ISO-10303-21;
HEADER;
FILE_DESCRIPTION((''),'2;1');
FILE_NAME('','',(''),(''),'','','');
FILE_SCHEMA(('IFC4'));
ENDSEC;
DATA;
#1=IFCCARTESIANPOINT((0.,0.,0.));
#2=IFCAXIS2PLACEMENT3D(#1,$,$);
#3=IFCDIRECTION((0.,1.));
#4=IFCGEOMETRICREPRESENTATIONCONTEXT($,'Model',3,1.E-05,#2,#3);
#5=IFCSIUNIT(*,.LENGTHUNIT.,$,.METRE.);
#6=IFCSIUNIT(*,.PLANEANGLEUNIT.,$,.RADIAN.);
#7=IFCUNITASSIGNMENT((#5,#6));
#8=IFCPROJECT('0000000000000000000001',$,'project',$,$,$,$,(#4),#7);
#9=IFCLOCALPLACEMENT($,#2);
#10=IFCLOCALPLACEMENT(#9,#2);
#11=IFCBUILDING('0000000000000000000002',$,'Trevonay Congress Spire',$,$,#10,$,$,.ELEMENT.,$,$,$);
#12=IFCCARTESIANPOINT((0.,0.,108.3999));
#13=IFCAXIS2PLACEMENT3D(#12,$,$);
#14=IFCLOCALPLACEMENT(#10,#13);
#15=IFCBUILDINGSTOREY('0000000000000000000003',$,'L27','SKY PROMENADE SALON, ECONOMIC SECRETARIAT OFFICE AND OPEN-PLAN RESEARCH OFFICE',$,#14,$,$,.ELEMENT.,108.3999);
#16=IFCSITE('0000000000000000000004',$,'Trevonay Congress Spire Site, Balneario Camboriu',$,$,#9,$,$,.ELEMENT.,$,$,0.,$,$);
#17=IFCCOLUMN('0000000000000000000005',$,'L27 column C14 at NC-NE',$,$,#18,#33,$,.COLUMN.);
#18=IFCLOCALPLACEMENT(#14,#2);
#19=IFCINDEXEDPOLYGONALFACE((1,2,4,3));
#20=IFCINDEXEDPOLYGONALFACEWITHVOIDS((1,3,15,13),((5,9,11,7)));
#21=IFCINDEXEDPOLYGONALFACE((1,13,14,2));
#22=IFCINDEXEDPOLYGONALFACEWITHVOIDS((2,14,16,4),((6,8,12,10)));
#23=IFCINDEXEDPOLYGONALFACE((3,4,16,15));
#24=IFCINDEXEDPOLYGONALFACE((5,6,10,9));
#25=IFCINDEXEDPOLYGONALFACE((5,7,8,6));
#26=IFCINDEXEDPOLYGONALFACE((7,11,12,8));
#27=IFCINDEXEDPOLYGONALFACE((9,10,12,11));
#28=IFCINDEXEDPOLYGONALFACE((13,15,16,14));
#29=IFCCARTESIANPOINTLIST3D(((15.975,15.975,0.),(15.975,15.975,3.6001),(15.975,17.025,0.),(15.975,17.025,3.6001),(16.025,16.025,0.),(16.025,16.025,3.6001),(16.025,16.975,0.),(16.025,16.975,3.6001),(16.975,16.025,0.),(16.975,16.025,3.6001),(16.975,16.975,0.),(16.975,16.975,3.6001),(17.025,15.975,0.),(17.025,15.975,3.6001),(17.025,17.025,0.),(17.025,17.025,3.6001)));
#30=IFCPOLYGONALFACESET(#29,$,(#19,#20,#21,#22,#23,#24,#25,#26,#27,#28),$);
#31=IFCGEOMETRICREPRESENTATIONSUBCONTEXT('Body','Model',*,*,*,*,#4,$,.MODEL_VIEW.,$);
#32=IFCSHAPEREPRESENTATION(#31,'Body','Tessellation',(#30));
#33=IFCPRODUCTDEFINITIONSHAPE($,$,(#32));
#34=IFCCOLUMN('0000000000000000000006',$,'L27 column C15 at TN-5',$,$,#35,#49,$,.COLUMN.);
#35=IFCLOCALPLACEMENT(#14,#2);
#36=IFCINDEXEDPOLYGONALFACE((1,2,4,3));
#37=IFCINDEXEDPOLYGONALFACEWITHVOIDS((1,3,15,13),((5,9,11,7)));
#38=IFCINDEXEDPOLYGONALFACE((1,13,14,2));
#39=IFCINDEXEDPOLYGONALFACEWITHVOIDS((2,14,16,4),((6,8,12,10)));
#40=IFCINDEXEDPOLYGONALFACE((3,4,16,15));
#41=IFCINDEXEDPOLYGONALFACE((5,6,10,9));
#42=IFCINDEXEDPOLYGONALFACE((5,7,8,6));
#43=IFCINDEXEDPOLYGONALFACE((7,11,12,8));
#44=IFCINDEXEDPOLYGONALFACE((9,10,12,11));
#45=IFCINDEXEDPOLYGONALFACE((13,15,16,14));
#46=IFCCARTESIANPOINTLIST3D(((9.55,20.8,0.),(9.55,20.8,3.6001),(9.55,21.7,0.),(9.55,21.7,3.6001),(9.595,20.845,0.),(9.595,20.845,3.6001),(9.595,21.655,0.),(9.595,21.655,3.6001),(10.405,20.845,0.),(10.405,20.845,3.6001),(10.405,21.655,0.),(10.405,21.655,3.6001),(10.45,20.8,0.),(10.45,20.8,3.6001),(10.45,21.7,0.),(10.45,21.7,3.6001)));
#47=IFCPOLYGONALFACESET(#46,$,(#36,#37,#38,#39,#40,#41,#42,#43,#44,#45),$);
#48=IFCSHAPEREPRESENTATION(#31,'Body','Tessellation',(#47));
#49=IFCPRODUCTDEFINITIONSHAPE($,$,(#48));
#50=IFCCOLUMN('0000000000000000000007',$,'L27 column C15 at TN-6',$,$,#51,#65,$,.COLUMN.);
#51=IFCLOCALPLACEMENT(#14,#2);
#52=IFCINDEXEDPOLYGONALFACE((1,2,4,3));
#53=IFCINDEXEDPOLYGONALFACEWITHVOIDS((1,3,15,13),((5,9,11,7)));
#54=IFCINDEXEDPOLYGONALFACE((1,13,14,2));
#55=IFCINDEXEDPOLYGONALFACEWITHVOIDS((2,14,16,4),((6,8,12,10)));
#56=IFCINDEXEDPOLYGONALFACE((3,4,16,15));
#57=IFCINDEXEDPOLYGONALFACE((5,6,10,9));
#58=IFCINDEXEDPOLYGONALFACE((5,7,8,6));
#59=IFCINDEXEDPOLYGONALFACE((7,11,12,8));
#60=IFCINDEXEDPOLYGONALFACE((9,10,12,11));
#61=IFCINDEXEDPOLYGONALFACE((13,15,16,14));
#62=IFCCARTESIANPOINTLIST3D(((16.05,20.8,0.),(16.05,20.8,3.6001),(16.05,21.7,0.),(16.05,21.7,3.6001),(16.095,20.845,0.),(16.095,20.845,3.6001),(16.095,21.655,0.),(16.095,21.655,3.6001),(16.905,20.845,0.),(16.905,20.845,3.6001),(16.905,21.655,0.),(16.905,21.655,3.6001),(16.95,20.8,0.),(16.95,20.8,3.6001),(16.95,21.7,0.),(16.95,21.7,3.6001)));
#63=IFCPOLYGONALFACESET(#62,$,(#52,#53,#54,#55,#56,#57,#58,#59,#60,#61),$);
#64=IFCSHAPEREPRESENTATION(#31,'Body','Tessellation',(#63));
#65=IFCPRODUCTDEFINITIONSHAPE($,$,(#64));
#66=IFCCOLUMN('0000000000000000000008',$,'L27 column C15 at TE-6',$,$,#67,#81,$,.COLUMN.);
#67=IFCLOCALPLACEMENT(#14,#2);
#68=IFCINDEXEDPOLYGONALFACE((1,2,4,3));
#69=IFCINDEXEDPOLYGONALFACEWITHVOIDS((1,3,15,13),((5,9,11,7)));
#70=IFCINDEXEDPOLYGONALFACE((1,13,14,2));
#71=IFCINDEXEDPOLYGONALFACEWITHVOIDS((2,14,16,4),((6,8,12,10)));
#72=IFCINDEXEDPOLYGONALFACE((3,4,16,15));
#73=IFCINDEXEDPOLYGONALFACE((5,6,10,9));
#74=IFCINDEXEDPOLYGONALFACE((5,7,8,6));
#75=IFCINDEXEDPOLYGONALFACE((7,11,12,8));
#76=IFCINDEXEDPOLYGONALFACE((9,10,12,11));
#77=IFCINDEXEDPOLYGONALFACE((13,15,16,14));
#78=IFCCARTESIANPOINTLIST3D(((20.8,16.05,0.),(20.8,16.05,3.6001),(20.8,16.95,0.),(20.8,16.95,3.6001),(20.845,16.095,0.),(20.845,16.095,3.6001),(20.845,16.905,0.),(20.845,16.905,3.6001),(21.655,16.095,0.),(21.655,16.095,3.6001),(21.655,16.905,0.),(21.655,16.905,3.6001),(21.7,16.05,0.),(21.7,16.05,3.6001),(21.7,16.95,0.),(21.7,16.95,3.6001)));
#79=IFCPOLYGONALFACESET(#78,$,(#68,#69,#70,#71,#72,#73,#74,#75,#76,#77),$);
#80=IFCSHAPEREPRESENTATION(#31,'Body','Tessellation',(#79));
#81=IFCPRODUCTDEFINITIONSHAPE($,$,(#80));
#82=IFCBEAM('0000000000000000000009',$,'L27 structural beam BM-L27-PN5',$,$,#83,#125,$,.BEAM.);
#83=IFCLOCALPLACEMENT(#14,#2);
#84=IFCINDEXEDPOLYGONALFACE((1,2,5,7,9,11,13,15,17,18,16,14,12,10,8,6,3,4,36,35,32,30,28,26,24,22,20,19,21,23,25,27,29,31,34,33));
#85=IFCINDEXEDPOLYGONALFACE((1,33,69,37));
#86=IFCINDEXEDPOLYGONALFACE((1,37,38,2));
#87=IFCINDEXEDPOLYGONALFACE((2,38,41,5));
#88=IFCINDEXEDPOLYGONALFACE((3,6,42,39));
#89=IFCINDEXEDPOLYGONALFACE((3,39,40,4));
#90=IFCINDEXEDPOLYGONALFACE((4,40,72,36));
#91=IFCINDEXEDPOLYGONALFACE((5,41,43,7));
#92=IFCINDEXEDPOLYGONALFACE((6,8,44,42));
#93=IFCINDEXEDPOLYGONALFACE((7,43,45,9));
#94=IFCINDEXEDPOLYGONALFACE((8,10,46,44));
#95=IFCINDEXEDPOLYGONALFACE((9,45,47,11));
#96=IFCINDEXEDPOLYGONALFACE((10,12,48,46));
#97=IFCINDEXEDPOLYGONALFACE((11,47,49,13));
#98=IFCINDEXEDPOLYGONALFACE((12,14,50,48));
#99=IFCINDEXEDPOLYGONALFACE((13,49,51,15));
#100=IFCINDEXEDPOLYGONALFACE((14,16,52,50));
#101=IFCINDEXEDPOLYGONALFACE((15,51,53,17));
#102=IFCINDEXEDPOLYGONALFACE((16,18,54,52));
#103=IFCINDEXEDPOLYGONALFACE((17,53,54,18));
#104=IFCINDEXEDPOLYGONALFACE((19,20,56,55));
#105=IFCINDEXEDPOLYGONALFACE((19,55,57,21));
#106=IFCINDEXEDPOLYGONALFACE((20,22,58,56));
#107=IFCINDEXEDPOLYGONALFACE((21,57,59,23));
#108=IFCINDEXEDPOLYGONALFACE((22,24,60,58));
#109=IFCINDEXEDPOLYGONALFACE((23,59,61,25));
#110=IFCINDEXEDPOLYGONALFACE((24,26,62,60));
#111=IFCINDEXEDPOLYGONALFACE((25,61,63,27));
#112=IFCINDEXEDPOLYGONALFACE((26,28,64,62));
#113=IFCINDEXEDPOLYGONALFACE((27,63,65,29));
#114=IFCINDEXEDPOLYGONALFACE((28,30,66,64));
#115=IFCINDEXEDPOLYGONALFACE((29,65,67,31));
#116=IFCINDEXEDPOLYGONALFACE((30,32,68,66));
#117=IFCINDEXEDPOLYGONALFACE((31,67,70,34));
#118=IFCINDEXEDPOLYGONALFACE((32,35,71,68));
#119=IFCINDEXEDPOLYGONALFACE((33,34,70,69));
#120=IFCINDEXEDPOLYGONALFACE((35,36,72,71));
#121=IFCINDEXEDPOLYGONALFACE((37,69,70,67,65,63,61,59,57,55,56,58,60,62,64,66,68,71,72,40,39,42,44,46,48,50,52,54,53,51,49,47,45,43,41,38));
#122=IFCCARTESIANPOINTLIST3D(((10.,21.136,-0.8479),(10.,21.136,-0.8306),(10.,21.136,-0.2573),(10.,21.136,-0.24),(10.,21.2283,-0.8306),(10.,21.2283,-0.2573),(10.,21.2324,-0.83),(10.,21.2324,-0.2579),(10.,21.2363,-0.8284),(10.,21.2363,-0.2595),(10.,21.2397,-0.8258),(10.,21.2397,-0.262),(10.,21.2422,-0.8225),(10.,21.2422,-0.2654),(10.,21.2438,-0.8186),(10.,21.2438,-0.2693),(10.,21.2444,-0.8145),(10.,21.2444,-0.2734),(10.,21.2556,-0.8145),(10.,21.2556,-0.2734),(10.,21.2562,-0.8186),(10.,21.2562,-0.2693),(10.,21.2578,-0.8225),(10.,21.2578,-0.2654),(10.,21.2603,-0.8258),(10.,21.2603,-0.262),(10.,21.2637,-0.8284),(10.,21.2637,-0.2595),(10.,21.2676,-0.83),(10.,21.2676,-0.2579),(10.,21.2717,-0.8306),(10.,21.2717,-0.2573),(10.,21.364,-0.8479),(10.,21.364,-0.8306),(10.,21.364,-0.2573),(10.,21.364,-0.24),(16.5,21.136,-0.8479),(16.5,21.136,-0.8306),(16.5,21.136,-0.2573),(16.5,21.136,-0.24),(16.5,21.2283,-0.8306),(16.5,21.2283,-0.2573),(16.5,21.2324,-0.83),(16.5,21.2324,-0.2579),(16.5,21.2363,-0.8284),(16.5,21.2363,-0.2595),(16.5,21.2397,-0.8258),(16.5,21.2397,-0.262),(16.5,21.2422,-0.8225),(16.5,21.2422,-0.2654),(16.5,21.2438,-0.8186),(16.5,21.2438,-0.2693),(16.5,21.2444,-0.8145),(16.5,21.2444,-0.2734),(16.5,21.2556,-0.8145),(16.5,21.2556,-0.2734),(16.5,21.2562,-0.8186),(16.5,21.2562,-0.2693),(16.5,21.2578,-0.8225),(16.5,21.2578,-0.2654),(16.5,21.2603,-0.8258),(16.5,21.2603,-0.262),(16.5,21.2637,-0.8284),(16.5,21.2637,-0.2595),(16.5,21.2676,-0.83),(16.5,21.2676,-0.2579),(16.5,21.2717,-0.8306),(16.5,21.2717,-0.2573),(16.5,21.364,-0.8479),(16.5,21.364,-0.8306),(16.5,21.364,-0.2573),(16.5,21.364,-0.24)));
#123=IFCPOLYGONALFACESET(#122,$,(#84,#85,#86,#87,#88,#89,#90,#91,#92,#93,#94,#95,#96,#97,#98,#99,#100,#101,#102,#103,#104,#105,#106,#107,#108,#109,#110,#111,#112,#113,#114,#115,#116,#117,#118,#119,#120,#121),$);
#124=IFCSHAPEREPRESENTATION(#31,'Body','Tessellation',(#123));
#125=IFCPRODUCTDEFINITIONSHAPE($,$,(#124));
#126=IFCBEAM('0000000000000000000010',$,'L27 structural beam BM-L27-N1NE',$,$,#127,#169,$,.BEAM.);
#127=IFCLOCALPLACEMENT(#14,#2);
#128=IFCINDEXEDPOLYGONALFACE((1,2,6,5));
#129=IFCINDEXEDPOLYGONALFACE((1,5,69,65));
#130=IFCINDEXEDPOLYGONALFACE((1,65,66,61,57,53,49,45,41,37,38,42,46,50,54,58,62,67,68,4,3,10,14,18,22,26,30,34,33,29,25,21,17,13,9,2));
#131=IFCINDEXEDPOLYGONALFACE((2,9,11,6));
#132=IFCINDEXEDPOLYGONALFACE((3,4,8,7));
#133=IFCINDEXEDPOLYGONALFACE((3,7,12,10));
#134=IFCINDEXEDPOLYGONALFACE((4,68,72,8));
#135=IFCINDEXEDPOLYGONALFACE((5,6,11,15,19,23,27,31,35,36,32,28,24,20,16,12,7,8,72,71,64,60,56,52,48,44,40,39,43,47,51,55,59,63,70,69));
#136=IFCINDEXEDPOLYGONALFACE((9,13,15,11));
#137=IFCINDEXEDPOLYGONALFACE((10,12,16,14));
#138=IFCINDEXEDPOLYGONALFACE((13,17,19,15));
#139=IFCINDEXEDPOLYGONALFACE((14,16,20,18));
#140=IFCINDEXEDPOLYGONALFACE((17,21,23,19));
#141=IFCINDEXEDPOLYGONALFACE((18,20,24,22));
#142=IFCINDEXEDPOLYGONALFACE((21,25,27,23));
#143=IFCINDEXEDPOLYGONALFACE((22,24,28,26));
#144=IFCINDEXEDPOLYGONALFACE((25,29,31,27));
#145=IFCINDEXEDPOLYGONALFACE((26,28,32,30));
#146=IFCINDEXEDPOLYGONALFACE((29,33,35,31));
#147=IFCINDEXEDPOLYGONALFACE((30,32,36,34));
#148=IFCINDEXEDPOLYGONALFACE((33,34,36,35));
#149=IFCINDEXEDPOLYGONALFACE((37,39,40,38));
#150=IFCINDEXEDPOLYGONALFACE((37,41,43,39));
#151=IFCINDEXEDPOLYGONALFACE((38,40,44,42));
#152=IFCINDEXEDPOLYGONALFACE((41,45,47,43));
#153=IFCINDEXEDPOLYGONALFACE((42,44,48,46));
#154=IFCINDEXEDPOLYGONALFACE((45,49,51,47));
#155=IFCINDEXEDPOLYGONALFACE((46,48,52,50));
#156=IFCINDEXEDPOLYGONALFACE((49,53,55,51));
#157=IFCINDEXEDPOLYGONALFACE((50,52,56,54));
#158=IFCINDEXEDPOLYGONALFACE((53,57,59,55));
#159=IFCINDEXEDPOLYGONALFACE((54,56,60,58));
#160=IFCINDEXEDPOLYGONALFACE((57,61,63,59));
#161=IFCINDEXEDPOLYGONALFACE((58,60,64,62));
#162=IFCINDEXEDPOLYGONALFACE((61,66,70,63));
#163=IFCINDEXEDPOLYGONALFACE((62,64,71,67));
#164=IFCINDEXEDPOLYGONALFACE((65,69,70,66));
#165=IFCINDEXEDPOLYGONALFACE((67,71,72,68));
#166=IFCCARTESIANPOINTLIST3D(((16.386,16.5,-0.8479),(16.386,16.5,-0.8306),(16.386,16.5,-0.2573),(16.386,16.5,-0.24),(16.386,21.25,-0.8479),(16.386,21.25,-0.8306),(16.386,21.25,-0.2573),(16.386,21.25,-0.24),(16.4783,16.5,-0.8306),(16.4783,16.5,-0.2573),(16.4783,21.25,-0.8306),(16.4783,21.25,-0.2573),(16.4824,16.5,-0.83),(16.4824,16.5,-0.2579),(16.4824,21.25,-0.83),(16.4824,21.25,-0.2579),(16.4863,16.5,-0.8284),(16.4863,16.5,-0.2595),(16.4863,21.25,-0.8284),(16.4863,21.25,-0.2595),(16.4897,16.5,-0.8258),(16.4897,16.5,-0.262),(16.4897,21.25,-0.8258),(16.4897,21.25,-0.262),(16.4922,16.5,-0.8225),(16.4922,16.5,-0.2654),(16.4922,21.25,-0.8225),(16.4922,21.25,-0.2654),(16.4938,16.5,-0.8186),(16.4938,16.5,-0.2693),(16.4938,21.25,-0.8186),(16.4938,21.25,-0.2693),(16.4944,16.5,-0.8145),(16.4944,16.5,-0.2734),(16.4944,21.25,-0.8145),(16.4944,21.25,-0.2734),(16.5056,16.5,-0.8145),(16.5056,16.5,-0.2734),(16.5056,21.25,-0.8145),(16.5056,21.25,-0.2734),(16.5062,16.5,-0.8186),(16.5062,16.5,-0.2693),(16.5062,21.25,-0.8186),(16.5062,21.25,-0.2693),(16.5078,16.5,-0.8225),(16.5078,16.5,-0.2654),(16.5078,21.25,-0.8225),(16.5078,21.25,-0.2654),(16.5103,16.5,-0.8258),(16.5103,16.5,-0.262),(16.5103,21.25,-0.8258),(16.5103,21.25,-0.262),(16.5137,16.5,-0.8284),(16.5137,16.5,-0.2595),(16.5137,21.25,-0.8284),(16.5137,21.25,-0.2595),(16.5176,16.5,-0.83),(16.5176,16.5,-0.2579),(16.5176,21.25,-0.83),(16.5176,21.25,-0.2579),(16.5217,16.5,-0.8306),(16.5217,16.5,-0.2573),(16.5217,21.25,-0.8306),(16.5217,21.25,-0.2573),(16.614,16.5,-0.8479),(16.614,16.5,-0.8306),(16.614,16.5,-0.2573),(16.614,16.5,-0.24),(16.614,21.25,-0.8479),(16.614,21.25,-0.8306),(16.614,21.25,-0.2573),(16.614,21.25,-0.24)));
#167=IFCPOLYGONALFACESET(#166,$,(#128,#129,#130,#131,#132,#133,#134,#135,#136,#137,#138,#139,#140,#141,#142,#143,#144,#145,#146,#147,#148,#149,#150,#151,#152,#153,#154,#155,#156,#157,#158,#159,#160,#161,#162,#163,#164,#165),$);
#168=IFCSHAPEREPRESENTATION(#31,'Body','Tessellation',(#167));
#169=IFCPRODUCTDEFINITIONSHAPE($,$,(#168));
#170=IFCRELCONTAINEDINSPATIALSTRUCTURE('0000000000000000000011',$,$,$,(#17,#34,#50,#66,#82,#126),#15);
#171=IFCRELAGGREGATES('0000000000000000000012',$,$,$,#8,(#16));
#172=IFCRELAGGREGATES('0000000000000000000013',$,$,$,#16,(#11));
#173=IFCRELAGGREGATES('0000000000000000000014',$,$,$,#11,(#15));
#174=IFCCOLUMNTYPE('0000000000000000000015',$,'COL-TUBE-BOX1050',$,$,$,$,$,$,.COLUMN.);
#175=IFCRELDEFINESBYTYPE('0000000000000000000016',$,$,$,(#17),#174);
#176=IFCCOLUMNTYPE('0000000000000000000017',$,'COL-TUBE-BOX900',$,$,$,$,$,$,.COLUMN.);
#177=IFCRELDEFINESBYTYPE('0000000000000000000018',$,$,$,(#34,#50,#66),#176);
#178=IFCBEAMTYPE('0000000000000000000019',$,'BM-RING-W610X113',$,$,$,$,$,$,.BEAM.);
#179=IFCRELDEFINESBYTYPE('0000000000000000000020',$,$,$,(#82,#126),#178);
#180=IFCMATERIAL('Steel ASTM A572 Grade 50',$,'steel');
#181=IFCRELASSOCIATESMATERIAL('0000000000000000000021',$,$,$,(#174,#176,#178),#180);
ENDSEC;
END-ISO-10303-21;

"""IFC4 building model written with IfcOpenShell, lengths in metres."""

from ifc_helpers import new_model, si_unit, direction, frame, origin, origin_2d, place, context, subcontext, project, spatial, hollow_rectangle, i_section, extrude, material, material_profile, profile_set, type_object, element, save


model = new_model("IFC4")

# Units and contexts
model_context = context("Model", 3, precision=1e-05, world=origin(), true_north=direction((0.0, 1.0)))
body_context = subcontext(model_context, "Body", "Model", "MODEL_VIEW")
ifc_project = project(units=[si_unit("LENGTHUNIT", "METRE"), si_unit("PLANEANGLEUNIT", "RADIAN")], contexts=[model_context])

# Site, building, storey
site_placement = place(None, origin())
site = spatial("IfcSite", under=ifc_project, at=site_placement, Name="Trevonay Congress Spire Site, Balneario Camboriu", CompositionType="ELEMENT", RefElevation=0.0)
building_placement = place(site_placement, origin())
building = spatial("IfcBuilding", under=site, at=building_placement, Name="Trevonay Congress Spire", CompositionType="ELEMENT")
storey_placement = place(building_placement, frame((0.0, 0.0, 108.3999)))
storey = spatial("IfcBuildingStorey", under=building, at=storey_placement, Name="L27", Description="SKY PROMENADE SALON, ECONOMIC SECRETARIAT OFFICE AND OPEN-PLAN RESEARCH OFFICE", CompositionType="ELEMENT", Elevation=108.3999)

# Columns
ifc_material_1 = material(Name="Steel ASTM A572 Grade 50", Category="steel")
ifc_material_profile_1 = material_profile(ifc_material_1, hollow_rectangle(XDim=1.05, YDim=1.05, WallThickness=0.05, at=origin_2d()), Name="BOX 1050x1050x50")
ifc_profile_set_1 = profile_set([ifc_material_profile_1], Name="Steel ASTM A572 Grade 50")
column_type_1 = type_object("IfcColumnType", Name="COL-TUBE-BOX1050", PredefinedType="COLUMN", material=ifc_profile_set_1)
column_placement = place(storey_placement, frame((16.5, 16.5, 0.0), z_axis=(0.0, 0.0, 1.0), x_axis=(1.0, 0.0, 0.0)))
element("IfcColumn", 1, at=column_placement, inside=storey, type_object=column_type_1, Name="L27 column C14 at NC-NE", PredefinedType="COLUMN", context=body_context, shape_type="SweptSolid", body=[
    extrude(hollow_rectangle(XDim=1.05, YDim=1.05, WallThickness=0.05, at=origin_2d()), origin(), (0.0, 0.0, 1.0), 3.6001),
])
ifc_material_profile_2 = material_profile(ifc_material_1, hollow_rectangle(XDim=0.8999, YDim=0.8999, WallThickness=0.0449, at=origin_2d()), Name="BOX 900x900x45")
ifc_profile_set_2 = profile_set([ifc_material_profile_2], Name="Steel ASTM A572 Grade 50")
column_type_2 = type_object("IfcColumnType", Name="COL-TUBE-BOX900", PredefinedType="COLUMN", material=ifc_profile_set_2)
for number, where, z_axis, x_axis, name in (
    (2, (10.0, 21.25, 0.0), (0.0, 0.0, 1.0), (1.0, 0.0, 0.0), "L27 column C15 at TN-5"),
    (3, (16.5, 21.25, 0.0), (0.0, 0.0, 1.0), (1.0, 0.0, 0.0), "L27 column C15 at TN-6"),
    (4, (21.25, 16.5, 0.0), (0.0, 0.0, 1.0), (1.0, 0.0, 0.0), "L27 column C15 at TE-6"),
):
    element("IfcColumn", number, at=place(storey_placement, frame(where, z_axis=z_axis, x_axis=x_axis)), inside=storey, type_object=column_type_2, Name=name, PredefinedType="COLUMN", context=body_context, shape_type="SweptSolid", body=[
        extrude(hollow_rectangle(XDim=0.8999, YDim=0.8999, WallThickness=0.0449, at=origin_2d()), origin(), (0.0, 0.0, 1.0), 3.6001),
    ])

# Beams
ifc_material_profile_3 = material_profile(ifc_material_1, i_section(OverallWidth=0.228, OverallDepth=0.6079, WebThickness=0.0112, FlangeThickness=0.0173, FilletRadius=0.0161, at=origin_2d()), Name="W610x113")
ifc_profile_set_3 = profile_set([ifc_material_profile_3], Name="Steel ASTM A572 Grade 50")
beam_type = type_object("IfcBeamType", Name="BM-RING-W610X113", PredefinedType="BEAM", material=ifc_profile_set_3)
beam_placement = place(storey_placement, frame((10.0, 21.25, -0.5439), z_axis=(1.0, 0.0, 0.0), x_axis=(0.0, 1.0, 0.0)))
element("IfcBeam", 5, at=beam_placement, inside=storey, type_object=beam_type, Name="L27 structural beam BM-L27-PN5", PredefinedType="BEAM", context=body_context, shape_type="SweptSolid", body=[
    extrude(i_section(OverallWidth=0.228, OverallDepth=0.6079, WebThickness=0.0112, FlangeThickness=0.0173, FilletRadius=0.0161, at=origin_2d()), origin(), (0.0, 0.0, 1.0), 6.5),
])
for number, where, z_axis, x_axis, name in (
    (6, (16.5, 21.25, -0.5439), (0.0, -1.0, 0.0), (1.0, 0.0, 0.0), "L27 structural beam BM-L27-N1NE"),
):
    element("IfcBeam", number, at=place(storey_placement, frame(where, z_axis=z_axis, x_axis=x_axis)), inside=storey, type_object=beam_type, Name=name, PredefinedType="BEAM", context=body_context, shape_type="SweptSolid", body=[
        extrude(i_section(OverallWidth=0.228, OverallDepth=0.6079, WebThickness=0.0112, FlangeThickness=0.0173, FilletRadius=0.0161, at=origin_2d()), origin(), (0.0, 0.0, 1.0), 4.75),
    ])

save(model, "model.ifc")
